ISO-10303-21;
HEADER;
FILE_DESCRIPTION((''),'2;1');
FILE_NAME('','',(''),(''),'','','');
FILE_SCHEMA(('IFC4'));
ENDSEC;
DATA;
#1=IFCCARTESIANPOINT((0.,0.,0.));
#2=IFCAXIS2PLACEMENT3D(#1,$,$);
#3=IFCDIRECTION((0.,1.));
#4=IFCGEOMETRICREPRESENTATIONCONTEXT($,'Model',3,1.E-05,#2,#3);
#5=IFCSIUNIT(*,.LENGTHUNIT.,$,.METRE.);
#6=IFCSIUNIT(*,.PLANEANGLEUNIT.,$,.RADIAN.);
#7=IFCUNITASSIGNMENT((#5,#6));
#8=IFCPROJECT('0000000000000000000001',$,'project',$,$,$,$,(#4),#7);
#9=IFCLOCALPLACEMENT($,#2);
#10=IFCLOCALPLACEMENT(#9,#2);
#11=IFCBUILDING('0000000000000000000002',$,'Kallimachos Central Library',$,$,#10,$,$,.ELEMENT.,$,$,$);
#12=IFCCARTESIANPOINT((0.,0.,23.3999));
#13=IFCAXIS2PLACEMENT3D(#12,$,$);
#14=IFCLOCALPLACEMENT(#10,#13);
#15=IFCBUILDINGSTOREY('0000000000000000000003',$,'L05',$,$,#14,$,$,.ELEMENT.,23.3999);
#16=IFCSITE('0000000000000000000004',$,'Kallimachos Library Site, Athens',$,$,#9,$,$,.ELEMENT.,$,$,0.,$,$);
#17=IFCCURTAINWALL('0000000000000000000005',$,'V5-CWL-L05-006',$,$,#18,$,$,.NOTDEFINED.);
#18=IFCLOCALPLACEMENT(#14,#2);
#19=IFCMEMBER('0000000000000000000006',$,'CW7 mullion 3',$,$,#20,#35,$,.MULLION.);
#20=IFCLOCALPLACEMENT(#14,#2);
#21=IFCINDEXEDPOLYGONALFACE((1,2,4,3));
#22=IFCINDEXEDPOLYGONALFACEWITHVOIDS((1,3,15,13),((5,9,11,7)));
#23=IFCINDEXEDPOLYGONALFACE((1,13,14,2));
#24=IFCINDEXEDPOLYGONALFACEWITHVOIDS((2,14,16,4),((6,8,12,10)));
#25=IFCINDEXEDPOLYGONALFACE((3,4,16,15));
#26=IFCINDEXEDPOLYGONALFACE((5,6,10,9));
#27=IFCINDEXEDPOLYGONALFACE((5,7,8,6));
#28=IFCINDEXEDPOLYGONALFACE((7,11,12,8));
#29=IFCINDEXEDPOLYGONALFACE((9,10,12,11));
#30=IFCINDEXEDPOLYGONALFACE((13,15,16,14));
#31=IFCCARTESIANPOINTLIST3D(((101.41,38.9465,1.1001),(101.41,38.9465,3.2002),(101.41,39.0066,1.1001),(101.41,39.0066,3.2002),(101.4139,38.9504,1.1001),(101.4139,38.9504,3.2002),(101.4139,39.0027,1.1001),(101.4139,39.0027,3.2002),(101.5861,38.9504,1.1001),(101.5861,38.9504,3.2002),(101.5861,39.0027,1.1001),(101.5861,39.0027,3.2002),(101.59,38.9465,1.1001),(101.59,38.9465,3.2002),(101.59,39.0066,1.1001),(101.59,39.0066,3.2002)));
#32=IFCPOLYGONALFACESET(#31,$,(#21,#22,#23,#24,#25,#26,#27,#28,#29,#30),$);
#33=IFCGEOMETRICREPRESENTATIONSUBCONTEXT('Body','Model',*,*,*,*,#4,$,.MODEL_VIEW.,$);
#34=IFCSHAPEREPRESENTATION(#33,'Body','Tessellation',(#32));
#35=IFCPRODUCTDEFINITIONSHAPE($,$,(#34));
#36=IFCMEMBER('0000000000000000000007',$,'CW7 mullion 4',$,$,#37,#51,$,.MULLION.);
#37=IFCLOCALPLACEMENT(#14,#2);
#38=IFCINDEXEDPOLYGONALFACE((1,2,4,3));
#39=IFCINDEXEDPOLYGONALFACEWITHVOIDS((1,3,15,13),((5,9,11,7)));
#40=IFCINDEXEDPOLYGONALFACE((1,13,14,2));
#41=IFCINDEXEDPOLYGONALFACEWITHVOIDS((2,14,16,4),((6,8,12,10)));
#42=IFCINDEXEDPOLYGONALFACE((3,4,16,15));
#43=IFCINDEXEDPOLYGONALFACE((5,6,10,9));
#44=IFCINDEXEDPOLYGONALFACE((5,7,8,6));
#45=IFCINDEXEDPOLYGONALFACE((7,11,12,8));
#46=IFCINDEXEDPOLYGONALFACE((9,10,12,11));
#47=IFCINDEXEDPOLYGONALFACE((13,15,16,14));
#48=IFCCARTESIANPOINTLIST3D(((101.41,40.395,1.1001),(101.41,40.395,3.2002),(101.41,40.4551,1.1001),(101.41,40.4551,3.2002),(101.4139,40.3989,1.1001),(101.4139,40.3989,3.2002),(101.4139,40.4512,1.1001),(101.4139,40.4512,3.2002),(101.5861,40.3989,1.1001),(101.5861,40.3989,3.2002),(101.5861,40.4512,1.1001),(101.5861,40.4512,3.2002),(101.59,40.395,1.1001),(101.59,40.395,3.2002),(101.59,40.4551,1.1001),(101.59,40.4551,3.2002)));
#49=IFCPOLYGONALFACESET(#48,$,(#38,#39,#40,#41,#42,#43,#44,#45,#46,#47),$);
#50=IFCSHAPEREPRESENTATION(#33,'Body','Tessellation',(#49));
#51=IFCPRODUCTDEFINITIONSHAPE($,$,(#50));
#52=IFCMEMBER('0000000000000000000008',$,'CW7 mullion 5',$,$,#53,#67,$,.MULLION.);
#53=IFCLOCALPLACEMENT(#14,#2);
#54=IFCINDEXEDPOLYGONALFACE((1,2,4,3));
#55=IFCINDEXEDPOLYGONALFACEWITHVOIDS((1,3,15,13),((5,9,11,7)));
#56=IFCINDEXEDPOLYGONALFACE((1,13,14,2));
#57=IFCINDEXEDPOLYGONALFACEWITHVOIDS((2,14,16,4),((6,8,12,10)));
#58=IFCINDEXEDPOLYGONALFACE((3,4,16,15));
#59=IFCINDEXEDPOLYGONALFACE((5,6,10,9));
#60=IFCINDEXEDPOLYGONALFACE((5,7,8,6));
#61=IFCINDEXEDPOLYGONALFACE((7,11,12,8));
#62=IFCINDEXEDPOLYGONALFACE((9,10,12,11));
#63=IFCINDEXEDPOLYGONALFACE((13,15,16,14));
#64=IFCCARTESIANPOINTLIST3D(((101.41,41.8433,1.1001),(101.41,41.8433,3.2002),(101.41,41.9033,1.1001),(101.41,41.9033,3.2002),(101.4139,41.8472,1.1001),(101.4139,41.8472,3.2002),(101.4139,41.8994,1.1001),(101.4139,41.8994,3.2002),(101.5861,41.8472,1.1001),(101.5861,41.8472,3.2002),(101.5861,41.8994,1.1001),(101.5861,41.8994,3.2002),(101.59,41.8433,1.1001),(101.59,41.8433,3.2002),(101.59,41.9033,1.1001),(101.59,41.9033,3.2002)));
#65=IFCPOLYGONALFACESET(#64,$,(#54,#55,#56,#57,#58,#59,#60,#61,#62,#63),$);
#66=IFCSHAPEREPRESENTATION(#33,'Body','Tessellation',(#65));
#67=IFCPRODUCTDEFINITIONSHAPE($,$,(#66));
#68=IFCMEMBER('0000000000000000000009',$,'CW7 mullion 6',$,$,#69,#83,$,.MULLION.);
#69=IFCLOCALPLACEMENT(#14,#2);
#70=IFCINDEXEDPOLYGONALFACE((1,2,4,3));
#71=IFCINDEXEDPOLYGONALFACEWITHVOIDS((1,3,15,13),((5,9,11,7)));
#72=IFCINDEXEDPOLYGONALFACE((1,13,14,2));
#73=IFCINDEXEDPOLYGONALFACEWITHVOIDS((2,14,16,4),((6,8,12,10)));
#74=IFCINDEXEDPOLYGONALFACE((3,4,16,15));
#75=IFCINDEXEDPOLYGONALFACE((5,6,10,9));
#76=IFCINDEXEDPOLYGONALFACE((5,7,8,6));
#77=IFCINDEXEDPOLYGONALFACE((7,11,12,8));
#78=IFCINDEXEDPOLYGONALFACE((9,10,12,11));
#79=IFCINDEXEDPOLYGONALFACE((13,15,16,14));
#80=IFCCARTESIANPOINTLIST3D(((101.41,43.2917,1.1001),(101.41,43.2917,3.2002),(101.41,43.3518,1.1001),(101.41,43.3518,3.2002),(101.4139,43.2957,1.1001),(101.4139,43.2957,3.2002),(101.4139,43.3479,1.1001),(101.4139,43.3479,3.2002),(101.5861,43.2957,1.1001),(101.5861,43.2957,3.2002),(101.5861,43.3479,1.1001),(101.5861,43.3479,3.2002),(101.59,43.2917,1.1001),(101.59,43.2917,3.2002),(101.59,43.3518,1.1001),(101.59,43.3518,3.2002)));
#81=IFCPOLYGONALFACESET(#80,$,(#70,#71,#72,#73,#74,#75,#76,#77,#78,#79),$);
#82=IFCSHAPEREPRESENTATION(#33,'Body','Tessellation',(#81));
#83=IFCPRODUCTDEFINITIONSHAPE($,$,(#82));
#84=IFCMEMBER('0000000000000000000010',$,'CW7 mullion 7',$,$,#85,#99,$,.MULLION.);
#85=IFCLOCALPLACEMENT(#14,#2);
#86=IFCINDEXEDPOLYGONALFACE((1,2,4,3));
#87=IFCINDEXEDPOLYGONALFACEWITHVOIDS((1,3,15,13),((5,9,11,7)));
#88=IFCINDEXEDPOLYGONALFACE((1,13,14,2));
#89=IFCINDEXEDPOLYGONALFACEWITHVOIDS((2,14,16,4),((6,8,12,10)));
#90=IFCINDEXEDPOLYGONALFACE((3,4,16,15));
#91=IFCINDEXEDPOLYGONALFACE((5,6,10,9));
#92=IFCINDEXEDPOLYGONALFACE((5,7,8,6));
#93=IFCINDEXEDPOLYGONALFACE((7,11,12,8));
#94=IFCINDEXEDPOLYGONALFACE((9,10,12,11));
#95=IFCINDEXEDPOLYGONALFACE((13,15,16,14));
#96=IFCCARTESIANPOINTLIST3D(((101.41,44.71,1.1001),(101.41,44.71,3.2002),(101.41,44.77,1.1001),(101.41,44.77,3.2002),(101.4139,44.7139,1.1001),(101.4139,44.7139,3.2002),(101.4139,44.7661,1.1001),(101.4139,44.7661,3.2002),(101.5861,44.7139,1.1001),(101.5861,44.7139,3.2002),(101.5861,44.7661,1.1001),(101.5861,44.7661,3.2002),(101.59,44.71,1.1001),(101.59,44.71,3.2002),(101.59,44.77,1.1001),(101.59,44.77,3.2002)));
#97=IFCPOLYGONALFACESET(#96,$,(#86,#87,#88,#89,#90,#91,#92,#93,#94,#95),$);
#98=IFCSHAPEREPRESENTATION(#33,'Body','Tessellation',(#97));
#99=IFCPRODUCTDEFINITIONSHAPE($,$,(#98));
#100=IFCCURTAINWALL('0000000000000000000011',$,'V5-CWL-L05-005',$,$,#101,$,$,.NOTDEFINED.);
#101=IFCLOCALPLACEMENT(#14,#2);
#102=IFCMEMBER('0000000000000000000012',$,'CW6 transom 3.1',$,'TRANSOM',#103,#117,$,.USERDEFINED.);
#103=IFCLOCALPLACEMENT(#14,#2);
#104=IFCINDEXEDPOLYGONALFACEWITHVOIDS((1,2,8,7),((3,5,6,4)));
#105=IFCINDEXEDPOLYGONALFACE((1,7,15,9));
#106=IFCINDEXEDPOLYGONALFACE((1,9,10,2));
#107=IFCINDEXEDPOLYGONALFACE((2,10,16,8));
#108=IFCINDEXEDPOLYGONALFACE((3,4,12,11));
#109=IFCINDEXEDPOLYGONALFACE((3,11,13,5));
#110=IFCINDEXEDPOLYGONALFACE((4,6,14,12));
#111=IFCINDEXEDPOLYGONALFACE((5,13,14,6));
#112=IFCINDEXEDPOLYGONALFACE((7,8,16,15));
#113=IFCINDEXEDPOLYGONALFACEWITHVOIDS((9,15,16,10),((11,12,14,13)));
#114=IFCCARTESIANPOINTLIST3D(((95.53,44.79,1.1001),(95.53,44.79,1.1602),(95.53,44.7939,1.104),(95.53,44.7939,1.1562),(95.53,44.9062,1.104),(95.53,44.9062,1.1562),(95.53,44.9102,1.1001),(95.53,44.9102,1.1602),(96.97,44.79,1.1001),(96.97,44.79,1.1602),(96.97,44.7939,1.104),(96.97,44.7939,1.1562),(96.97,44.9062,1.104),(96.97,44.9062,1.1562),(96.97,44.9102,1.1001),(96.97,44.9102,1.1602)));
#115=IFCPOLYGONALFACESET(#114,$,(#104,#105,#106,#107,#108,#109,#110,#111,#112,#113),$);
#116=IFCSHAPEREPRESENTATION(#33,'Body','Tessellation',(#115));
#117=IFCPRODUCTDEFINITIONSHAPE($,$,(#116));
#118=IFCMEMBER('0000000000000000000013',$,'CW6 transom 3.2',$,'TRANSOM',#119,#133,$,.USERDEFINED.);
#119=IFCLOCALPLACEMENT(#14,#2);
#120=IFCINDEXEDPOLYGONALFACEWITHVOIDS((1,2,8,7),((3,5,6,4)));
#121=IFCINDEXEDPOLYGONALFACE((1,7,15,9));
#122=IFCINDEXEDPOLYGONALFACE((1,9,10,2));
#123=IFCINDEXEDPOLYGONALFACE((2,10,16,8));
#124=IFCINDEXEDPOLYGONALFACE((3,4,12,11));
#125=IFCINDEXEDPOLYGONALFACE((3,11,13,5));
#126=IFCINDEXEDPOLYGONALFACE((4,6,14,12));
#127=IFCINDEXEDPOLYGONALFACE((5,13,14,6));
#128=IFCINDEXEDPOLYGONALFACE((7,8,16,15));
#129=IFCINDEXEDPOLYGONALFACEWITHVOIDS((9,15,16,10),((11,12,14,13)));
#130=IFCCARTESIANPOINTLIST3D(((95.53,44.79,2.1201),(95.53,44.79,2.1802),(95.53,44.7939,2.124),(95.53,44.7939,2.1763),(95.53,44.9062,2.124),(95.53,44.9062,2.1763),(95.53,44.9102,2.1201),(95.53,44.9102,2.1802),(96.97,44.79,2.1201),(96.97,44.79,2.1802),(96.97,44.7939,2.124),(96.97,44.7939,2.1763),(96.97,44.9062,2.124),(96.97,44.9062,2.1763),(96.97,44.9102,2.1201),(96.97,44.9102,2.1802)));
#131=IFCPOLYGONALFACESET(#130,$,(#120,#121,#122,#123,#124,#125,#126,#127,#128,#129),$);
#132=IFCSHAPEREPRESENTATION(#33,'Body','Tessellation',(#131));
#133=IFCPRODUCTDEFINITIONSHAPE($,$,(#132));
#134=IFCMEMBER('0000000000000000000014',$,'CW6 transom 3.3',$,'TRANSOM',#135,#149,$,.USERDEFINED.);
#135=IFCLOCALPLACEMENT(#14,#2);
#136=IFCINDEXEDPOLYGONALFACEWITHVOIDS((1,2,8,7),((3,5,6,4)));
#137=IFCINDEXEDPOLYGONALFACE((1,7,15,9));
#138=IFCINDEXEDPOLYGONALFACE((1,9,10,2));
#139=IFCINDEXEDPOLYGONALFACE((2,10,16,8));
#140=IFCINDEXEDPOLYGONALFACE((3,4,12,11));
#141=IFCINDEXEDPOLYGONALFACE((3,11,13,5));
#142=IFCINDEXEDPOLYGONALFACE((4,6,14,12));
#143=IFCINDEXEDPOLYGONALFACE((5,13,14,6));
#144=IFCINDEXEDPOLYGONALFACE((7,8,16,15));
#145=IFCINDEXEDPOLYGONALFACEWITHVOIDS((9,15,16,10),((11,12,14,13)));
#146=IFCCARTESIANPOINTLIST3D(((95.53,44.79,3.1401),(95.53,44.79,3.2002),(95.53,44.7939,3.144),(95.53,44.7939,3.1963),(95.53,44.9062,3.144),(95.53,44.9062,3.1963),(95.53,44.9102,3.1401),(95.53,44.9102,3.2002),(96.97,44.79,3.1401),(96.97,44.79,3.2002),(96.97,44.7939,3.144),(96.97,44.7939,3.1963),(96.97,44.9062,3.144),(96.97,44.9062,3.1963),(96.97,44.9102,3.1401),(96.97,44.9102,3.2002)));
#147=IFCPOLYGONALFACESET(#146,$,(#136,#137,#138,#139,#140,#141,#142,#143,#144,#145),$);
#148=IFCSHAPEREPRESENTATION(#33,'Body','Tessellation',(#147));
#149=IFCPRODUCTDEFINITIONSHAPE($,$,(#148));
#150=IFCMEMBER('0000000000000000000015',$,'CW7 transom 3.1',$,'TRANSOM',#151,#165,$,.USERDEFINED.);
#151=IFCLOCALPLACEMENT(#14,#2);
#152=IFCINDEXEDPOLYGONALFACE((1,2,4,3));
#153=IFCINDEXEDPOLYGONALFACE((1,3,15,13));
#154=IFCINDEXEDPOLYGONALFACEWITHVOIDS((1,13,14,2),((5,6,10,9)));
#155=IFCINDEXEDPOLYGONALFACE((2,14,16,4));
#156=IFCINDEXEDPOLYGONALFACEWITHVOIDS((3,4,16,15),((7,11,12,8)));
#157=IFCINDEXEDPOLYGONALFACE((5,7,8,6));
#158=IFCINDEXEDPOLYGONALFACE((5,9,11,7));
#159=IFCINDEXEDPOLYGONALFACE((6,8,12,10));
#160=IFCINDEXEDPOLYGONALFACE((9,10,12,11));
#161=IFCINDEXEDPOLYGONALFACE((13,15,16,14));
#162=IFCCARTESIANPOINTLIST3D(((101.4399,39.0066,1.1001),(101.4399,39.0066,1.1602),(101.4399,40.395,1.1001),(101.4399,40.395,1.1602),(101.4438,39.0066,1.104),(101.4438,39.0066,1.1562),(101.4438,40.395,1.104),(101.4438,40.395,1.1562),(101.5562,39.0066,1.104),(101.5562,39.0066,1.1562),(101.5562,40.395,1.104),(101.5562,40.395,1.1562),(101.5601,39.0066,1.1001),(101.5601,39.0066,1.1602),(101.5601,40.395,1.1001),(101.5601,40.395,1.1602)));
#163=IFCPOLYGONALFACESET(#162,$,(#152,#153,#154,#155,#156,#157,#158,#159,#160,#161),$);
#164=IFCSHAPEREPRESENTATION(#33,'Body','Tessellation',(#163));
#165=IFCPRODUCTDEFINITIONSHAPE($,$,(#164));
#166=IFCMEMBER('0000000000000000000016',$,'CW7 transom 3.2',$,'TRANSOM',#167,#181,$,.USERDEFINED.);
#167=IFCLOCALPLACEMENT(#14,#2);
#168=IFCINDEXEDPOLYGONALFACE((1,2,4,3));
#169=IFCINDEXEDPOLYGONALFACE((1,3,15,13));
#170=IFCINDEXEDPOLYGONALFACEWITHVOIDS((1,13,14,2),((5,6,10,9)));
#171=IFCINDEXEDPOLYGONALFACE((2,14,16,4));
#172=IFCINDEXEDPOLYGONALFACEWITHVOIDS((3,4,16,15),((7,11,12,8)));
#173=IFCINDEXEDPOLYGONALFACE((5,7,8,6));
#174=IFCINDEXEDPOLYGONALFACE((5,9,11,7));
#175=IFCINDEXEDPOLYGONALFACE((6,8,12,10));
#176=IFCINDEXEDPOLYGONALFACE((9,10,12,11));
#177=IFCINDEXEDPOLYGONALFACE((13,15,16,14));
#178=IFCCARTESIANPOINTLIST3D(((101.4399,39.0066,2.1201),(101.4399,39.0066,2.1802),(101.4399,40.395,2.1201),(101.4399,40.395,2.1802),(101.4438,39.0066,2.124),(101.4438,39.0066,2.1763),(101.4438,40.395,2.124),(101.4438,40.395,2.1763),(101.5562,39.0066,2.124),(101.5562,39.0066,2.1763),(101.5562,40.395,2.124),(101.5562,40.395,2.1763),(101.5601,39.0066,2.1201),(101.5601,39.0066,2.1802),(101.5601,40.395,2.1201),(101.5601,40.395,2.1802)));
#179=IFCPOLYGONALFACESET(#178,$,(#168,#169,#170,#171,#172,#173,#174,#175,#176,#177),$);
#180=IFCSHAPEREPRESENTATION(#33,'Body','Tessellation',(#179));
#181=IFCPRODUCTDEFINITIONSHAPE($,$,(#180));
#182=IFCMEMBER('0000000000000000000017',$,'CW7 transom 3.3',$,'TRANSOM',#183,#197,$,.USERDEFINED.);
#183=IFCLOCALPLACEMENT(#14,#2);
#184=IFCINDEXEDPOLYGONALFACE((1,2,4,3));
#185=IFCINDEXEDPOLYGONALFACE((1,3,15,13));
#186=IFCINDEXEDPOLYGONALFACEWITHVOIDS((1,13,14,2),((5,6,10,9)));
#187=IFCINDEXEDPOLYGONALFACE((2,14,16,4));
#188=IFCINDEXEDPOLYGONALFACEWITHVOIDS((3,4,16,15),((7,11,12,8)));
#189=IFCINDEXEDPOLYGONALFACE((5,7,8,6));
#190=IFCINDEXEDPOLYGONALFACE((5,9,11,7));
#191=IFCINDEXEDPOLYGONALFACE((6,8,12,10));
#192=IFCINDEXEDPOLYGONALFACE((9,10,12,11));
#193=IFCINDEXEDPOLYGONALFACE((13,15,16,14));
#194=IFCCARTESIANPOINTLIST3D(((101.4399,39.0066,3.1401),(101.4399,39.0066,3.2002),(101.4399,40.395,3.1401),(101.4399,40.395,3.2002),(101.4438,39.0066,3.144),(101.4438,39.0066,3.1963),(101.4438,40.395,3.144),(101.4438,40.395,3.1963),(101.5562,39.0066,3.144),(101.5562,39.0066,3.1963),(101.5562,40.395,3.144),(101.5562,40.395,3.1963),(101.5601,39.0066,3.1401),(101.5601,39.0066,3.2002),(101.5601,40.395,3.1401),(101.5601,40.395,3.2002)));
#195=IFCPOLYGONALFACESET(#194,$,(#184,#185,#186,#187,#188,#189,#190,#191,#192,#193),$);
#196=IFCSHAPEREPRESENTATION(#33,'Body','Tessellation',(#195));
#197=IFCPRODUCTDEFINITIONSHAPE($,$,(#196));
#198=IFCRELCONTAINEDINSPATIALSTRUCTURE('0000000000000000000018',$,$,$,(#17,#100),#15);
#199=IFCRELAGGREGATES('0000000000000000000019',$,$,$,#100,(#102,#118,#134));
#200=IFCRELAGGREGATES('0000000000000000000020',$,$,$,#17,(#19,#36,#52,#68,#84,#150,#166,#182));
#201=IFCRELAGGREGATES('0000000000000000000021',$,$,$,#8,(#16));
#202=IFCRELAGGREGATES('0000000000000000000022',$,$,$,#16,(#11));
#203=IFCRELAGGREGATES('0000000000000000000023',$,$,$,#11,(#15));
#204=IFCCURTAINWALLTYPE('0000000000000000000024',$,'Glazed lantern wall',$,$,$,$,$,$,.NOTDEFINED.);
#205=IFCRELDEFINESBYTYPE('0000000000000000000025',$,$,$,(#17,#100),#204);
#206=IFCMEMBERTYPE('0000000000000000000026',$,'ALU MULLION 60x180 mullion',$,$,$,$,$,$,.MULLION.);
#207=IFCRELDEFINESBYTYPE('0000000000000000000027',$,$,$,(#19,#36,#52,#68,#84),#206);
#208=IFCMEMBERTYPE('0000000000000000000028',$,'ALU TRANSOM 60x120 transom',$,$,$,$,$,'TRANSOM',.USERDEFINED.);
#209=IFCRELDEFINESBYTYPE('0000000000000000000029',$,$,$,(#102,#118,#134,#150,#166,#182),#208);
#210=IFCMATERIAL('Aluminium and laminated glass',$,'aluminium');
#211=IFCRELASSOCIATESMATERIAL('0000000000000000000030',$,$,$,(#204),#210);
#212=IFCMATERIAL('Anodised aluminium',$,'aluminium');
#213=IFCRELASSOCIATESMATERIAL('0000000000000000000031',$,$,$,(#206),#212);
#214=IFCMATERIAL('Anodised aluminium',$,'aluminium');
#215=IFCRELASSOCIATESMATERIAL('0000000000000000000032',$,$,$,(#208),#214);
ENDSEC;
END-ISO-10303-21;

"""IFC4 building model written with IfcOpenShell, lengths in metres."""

from ifc_helpers import new_model, si_unit, direction, frame, origin, origin_2d, place, context, subcontext, project, spatial, hollow_rectangle, extrude, material, material_profile, profile_set, type_object, element, aggregate, save


model = new_model("IFC4")

# Units and contexts
model_context = context("Model", 3, precision=1e-05, world=origin(), true_north=direction((0.0, 1.0)))
body_context = subcontext(model_context, "Body", "Model", "MODEL_VIEW")
ifc_project = project(units=[si_unit("LENGTHUNIT", "METRE"), si_unit("PLANEANGLEUNIT", "RADIAN")], contexts=[model_context])

# Site, building, storey
site_placement = place(None, origin())
site = spatial("IfcSite", under=ifc_project, at=site_placement, Name="Kallimachos Library Site, Athens", CompositionType="ELEMENT", RefElevation=0.0)
building_placement = place(site_placement, origin())
building = spatial("IfcBuilding", under=site, at=building_placement, Name="Kallimachos Central Library", CompositionType="ELEMENT")
storey_placement = place(building_placement, frame((0.0, 0.0, 23.3999)))
storey = spatial("IfcBuildingStorey", under=building, at=storey_placement, Name="L05", CompositionType="ELEMENT", Elevation=23.3999)

# Curtain walls, members
ifc_material_1 = material(Name="Aluminium and laminated glass", Category="aluminium")
curtain_wall_type = type_object("IfcCurtainWallType", Name="Glazed lantern wall", PredefinedType="NOTDEFINED", material=ifc_material_1)
curtain_wall_1_placement = place(storey_placement, origin())
curtain_wall_1 = element("IfcCurtainWall", 1, at=curtain_wall_1_placement, inside=storey, type_object=curtain_wall_type, Name="V5-CWL-L05-006", PredefinedType="NOTDEFINED")
ifc_material_2 = material(Name="Anodised aluminium", Category="aluminium")
ifc_material_profile_1 = material_profile(ifc_material_2, hollow_rectangle(XDim=0.0601, YDim=0.1799, WallThickness=0.0039, at=origin_2d()), Name="ALU MULLION 60x180")
ifc_profile_set_1 = profile_set([ifc_material_profile_1], Name="Anodised aluminium")
member_type_1 = type_object("IfcMemberType", Name="ALU MULLION 60x180 mullion", PredefinedType="MULLION", material=ifc_profile_set_1)
member_1_placement = place(storey_placement, frame((101.5, 38.9766, 1.1001), z_axis=(0.0, 0.0, 1.0), x_axis=(0.0, 1.0, 0.0)))
member_1 = element("IfcMember", 2, at=member_1_placement, type_object=member_type_1, Name="CW7 mullion 3", PredefinedType="MULLION", context=body_context, shape_type="SweptSolid", body=[
    extrude(hollow_rectangle(XDim=0.0601, YDim=0.1799, WallThickness=0.0039, at=origin_2d()), origin(), (0.0, 0.0, 1.0), 2.1001),
])
member_2_placement = place(storey_placement, frame((101.5, 40.425, 1.1001), z_axis=(0.0, 0.0, 1.0), x_axis=(0.0, 1.0, 0.0)))
member_2 = element("IfcMember", 3, at=member_2_placement, type_object=member_type_1, Name="CW7 mullion 4", PredefinedType="MULLION", context=body_context, shape_type="SweptSolid", body=[
    extrude(hollow_rectangle(XDim=0.0601, YDim=0.1799, WallThickness=0.0039, at=origin_2d()), origin(), (0.0, 0.0, 1.0), 2.1001),
])
member_3_placement = place(storey_placement, frame((101.5, 41.8733, 1.1001), z_axis=(0.0, 0.0, 1.0), x_axis=(0.0, 1.0, 0.0)))
member_3 = element("IfcMember", 4, at=member_3_placement, type_object=member_type_1, Name="CW7 mullion 5", PredefinedType="MULLION", context=body_context, shape_type="SweptSolid", body=[
    extrude(hollow_rectangle(XDim=0.0601, YDim=0.1799, WallThickness=0.0039, at=origin_2d()), origin(), (0.0, 0.0, 1.0), 2.1001),
])
member_4_placement = place(storey_placement, frame((101.5, 43.3218, 1.1001), z_axis=(0.0, 0.0, 1.0), x_axis=(0.0, 1.0, 0.0)))
member_4 = element("IfcMember", 5, at=member_4_placement, type_object=member_type_1, Name="CW7 mullion 6", PredefinedType="MULLION", context=body_context, shape_type="SweptSolid", body=[
    extrude(hollow_rectangle(XDim=0.0601, YDim=0.1799, WallThickness=0.0039, at=origin_2d()), origin(), (0.0, 0.0, 1.0), 2.1001),
])
member_5_placement = place(storey_placement, frame((101.5, 44.74, 1.1001), z_axis=(0.0, 0.0, 1.0), x_axis=(0.0, 1.0, 0.0)))
member_5 = element("IfcMember", 6, at=member_5_placement, type_object=member_type_1, Name="CW7 mullion 7", PredefinedType="MULLION", context=body_context, shape_type="SweptSolid", body=[
    extrude(hollow_rectangle(XDim=0.0601, YDim=0.1799, WallThickness=0.0039, at=origin_2d()), origin(), (0.0, 0.0, 1.0), 2.1001),
])
curtain_wall_2_placement = place(storey_placement, origin())
curtain_wall_2 = element("IfcCurtainWall", 7, at=curtain_wall_2_placement, inside=storey, type_object=curtain_wall_type, Name="V5-CWL-L05-005", PredefinedType="NOTDEFINED")
ifc_material_3 = material(Name="Anodised aluminium", Category="aluminium")
ifc_material_profile_2 = material_profile(ifc_material_3, hollow_rectangle(XDim=0.0601, YDim=0.1201, WallThickness=0.0039, at=origin_2d()), Name="ALU TRANSOM 60x120")
ifc_profile_set_2 = profile_set([ifc_material_profile_2], Name="Anodised aluminium")
member_type_2 = type_object("IfcMemberType", Name="ALU TRANSOM 60x120 transom", ElementType="TRANSOM", PredefinedType="USERDEFINED", material=ifc_profile_set_2)
member_6_placement = place(storey_placement, frame((95.53, 44.8501, 1.1301), z_axis=(1.0, 0.0, 0.0), x_axis=(0.0, 0.0, 1.0)))
member_6 = element("IfcMember", 8, at=member_6_placement, type_object=member_type_2, Name="CW6 transom 3.1", ObjectType="TRANSOM", PredefinedType="USERDEFINED", context=body_context, shape_type="SweptSolid", body=[
    extrude(hollow_rectangle(XDim=0.0601, YDim=0.1201, WallThickness=0.0039, at=origin_2d()), origin(), (0.0, 0.0, 1.0), 1.4399),
])
member_7_placement = place(storey_placement, frame((95.53, 44.8501, 2.1501), z_axis=(1.0, 0.0, 0.0), x_axis=(0.0, 0.0, 1.0)))
member_7 = element("IfcMember", 9, at=member_7_placement, type_object=member_type_2, Name="CW6 transom 3.2", ObjectType="TRANSOM", PredefinedType="USERDEFINED", context=body_context, shape_type="SweptSolid", body=[
    extrude(hollow_rectangle(XDim=0.0601, YDim=0.1201, WallThickness=0.0039, at=origin_2d()), origin(), (0.0, 0.0, 1.0), 1.4399),
])
member_8_placement = place(storey_placement, frame((95.53, 44.8501, 3.1702), z_axis=(1.0, 0.0, 0.0), x_axis=(0.0, 0.0, 1.0)))
member_8 = element("IfcMember", 10, at=member_8_placement, type_object=member_type_2, Name="CW6 transom 3.3", ObjectType="TRANSOM", PredefinedType="USERDEFINED", context=body_context, shape_type="SweptSolid", body=[
    extrude(hollow_rectangle(XDim=0.0601, YDim=0.1201, WallThickness=0.0039, at=origin_2d()), origin(), (0.0, 0.0, 1.0), 1.4399),
])

# Members
member_9_placement = place(storey_placement, frame((101.5, 39.0066, 1.1301), z_axis=(0.0, 1.0, 0.0), x_axis=(0.0, 0.0, 1.0)))
member_9 = element("IfcMember", 11, at=member_9_placement, type_object=member_type_2, Name="CW7 transom 3.1", ObjectType="TRANSOM", PredefinedType="USERDEFINED", context=body_context, shape_type="SweptSolid", body=[
    extrude(hollow_rectangle(XDim=0.0601, YDim=0.1201, WallThickness=0.0039, at=origin_2d()), origin(), (0.0, 0.0, 1.0), 1.3884),
])
member_10_placement = place(storey_placement, frame((101.5, 39.0066, 2.1501), z_axis=(0.0, 1.0, 0.0), x_axis=(0.0, 0.0, 1.0)))
member_10 = element("IfcMember", 12, at=member_10_placement, type_object=member_type_2, Name="CW7 transom 3.2", ObjectType="TRANSOM", PredefinedType="USERDEFINED", context=body_context, shape_type="SweptSolid", body=[
    extrude(hollow_rectangle(XDim=0.0601, YDim=0.1201, WallThickness=0.0039, at=origin_2d()), origin(), (0.0, 0.0, 1.0), 1.3884),
])
member_11_placement = place(storey_placement, frame((101.5, 39.0066, 3.1702), z_axis=(0.0, 1.0, 0.0), x_axis=(0.0, 0.0, 1.0)))
member_11 = element("IfcMember", 13, at=member_11_placement, type_object=member_type_2, Name="CW7 transom 3.3", ObjectType="TRANSOM", PredefinedType="USERDEFINED", context=body_context, shape_type="SweptSolid", body=[
    extrude(hollow_rectangle(XDim=0.0601, YDim=0.1201, WallThickness=0.0039, at=origin_2d()), origin(), (0.0, 0.0, 1.0), 1.3884),
])

aggregate(curtain_wall_2, [member_6, member_7, member_8])
aggregate(curtain_wall_1, [member_1, member_2, member_3, member_4, member_5, member_9, member_10, member_11])

save(model, "model.ifc")
